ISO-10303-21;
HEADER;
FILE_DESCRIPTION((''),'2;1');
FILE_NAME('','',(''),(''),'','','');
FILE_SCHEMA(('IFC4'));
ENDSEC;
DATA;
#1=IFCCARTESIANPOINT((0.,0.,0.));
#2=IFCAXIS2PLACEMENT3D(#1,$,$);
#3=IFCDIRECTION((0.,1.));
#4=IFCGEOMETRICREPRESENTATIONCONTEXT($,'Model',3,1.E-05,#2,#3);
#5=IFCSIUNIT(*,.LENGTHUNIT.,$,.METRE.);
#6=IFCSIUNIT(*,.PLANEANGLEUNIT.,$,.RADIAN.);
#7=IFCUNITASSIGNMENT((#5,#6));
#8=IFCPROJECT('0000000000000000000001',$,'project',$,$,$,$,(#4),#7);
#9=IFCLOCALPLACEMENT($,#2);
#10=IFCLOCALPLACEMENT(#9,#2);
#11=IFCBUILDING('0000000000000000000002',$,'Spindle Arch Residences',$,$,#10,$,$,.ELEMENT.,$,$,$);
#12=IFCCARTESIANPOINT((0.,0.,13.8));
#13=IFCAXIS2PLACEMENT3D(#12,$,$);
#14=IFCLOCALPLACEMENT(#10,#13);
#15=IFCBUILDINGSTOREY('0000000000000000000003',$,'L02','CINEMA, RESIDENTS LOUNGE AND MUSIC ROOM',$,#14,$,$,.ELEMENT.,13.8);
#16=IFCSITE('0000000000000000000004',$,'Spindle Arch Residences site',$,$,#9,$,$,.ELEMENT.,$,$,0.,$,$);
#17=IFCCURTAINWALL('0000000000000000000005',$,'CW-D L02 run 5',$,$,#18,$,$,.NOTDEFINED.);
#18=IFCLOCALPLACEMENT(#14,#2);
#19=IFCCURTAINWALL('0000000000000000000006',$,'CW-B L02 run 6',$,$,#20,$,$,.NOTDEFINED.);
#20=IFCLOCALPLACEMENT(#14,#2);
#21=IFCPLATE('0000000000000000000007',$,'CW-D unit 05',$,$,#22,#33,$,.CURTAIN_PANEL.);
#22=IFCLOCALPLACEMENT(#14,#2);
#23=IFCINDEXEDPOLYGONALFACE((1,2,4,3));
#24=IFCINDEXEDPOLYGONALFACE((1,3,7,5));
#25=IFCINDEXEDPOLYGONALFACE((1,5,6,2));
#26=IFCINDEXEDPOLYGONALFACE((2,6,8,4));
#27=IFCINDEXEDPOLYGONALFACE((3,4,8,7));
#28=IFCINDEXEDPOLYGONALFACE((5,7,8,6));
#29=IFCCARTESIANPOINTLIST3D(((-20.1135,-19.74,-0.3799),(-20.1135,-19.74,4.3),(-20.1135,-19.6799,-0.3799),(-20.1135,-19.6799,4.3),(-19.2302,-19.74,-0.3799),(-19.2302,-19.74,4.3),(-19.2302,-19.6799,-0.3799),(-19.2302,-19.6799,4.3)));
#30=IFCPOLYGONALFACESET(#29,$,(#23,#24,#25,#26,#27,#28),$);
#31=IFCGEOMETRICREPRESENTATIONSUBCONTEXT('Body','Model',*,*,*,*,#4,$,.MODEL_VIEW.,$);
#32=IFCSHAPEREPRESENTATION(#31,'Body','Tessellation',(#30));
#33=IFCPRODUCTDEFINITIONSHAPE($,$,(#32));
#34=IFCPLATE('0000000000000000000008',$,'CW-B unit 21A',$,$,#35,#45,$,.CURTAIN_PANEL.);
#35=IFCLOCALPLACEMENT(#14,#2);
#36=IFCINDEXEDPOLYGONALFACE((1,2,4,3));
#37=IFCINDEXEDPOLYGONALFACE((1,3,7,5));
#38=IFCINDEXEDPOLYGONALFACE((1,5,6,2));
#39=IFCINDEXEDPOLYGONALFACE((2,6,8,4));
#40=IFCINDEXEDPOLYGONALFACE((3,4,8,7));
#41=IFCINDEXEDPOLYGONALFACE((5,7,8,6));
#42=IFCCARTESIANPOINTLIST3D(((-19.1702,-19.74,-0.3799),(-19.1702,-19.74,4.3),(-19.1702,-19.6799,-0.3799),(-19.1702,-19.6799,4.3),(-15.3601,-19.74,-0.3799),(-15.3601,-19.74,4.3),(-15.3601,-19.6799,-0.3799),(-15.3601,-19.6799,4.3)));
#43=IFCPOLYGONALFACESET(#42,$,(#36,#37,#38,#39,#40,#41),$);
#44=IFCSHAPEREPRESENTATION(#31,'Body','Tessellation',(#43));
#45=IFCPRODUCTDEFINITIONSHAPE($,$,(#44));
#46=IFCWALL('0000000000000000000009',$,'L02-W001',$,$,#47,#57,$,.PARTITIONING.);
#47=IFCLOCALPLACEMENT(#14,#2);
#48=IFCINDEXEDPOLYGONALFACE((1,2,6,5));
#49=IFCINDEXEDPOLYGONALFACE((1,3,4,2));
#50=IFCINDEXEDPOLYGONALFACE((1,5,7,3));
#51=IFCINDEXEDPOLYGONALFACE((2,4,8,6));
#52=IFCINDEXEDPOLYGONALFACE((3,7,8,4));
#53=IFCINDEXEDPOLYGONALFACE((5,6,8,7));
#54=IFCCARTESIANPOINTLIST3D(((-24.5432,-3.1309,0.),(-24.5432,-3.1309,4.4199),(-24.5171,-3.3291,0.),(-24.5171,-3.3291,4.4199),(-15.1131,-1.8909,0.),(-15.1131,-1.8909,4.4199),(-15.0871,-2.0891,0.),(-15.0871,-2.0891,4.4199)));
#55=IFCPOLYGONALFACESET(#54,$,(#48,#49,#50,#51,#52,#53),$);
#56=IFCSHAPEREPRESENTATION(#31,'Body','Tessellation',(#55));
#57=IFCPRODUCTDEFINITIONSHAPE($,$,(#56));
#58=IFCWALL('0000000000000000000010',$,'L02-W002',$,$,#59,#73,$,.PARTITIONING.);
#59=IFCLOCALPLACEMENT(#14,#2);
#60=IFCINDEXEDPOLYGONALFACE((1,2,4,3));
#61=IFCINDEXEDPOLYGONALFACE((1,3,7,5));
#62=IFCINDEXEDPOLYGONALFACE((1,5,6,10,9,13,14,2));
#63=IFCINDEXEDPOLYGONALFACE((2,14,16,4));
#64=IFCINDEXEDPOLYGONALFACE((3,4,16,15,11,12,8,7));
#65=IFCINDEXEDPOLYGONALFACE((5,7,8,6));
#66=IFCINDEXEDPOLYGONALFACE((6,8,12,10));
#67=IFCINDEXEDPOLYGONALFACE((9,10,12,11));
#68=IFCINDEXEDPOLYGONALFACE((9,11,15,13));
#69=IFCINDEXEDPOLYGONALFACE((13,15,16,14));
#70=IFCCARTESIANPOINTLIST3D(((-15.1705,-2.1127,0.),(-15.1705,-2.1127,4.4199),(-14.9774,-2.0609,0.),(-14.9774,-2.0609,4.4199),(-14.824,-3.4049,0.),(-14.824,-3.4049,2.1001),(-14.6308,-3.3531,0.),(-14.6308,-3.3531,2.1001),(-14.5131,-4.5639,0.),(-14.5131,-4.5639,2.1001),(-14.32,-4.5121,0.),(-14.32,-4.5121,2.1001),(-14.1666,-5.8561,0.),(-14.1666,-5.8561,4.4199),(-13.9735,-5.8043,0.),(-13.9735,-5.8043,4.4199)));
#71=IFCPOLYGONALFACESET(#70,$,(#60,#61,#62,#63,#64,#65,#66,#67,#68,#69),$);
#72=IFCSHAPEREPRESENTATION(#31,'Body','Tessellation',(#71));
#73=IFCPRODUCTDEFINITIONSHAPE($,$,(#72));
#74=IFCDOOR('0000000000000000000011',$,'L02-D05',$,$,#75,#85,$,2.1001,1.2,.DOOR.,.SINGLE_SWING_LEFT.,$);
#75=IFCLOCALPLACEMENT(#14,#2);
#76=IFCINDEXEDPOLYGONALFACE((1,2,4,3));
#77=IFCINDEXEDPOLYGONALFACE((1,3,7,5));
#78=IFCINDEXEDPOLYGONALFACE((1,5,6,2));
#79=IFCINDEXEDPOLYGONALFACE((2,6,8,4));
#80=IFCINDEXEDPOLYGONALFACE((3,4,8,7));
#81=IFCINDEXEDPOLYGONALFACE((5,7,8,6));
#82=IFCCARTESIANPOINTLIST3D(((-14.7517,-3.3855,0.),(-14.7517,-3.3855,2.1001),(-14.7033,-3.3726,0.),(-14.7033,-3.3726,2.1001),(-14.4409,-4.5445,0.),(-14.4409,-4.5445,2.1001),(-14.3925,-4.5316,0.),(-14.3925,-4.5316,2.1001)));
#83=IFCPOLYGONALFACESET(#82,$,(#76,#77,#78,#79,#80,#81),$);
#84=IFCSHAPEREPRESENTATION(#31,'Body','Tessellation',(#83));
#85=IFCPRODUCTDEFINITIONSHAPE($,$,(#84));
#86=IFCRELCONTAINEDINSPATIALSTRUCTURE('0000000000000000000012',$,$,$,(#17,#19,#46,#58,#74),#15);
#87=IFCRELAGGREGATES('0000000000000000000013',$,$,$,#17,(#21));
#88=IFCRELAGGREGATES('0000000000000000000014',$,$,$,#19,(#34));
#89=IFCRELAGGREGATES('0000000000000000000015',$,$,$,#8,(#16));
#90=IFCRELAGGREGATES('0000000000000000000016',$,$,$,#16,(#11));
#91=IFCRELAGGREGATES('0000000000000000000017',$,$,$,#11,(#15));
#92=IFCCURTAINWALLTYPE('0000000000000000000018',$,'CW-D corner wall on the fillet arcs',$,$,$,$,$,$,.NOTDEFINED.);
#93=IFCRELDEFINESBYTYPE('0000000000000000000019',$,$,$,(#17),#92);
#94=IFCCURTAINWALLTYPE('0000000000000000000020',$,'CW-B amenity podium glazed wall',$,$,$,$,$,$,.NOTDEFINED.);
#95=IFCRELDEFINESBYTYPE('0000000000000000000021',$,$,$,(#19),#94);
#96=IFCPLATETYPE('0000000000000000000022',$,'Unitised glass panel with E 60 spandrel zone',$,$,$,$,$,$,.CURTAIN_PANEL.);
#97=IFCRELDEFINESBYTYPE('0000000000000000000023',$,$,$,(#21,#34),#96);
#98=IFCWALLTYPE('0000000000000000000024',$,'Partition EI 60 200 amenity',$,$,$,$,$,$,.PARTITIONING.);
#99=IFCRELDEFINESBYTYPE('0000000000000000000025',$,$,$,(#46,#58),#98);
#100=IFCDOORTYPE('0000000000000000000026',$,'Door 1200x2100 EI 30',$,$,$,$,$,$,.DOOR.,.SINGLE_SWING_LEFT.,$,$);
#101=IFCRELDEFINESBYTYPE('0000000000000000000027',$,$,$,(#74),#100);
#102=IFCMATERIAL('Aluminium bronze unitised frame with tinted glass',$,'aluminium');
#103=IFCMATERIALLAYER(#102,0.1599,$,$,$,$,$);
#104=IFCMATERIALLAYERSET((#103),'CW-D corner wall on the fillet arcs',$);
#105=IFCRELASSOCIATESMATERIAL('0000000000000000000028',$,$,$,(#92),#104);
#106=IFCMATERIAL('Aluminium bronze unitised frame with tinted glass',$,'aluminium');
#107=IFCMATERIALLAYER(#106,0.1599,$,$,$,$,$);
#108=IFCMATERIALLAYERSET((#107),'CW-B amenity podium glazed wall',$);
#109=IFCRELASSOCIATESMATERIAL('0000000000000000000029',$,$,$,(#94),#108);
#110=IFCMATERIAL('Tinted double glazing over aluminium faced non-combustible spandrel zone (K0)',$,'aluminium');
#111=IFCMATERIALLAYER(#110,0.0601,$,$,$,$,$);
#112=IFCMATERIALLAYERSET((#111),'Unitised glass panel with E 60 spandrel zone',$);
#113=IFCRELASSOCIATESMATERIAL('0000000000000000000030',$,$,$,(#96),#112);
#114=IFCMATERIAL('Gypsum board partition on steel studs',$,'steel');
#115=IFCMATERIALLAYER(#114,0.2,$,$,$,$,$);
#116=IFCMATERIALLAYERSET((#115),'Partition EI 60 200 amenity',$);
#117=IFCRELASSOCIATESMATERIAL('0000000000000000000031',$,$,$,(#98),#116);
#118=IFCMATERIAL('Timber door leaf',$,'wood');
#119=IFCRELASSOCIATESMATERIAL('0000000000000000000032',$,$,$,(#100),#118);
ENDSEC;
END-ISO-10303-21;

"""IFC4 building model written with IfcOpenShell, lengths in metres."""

from ifc_helpers import new_model, si_unit, direction, frame, frame_2d, origin, origin_2d, place, context, subcontext, project, spatial, rectangle, extrude, material, layer, layer_set, type_object, element, fill, aggregate, save


model = new_model("IFC4")

# Units and contexts
model_context = context("Model", 3, precision=1e-05, world=origin(), true_north=direction((0.0, 1.0)))
body_context = subcontext(model_context, "Body", "Model", "MODEL_VIEW")
ifc_project = project(units=[si_unit("LENGTHUNIT", "METRE"), si_unit("PLANEANGLEUNIT", "RADIAN")], contexts=[model_context])

# Site, building, storey
site_placement = place(None, origin())
site = spatial("IfcSite", under=ifc_project, at=site_placement, Name="Spindle Arch Residences site", CompositionType="ELEMENT", RefElevation=0.0)
building_placement = place(site_placement, origin())
building = spatial("IfcBuilding", under=site, at=building_placement, Name="Spindle Arch Residences", CompositionType="ELEMENT")
storey_placement = place(building_placement, frame((0.0, 0.0, 13.8)))
storey = spatial("IfcBuildingStorey", under=building, at=storey_placement, Name="L02", Description="CINEMA, RESIDENTS LOUNGE AND MUSIC ROOM", CompositionType="ELEMENT", Elevation=13.8)

# Curtain wall
ifc_material_1 = material(Name="Aluminium bronze unitised frame with tinted glass", Category="aluminium")
ifc_layer_1 = layer(ifc_material_1, 0.1599)
ifc_layer_set_1 = layer_set([ifc_layer_1], Name="CW-D corner wall on the fillet arcs")
curtain_wall_type_1 = type_object("IfcCurtainWallType", Name="CW-D corner wall on the fillet arcs", PredefinedType="NOTDEFINED", material=ifc_layer_set_1)
curtain_wall_1_placement = place(storey_placement, origin())
curtain_wall_1 = element("IfcCurtainWall", 1, at=curtain_wall_1_placement, inside=storey, type_object=curtain_wall_type_1, Name="CW-D L02 run 5", PredefinedType="NOTDEFINED")

# Curtain wall
ifc_material_2 = material(Name="Aluminium bronze unitised frame with tinted glass", Category="aluminium")
ifc_layer_2 = layer(ifc_material_2, 0.1599)
ifc_layer_set_2 = layer_set([ifc_layer_2], Name="CW-B amenity podium glazed wall")
curtain_wall_type_2 = type_object("IfcCurtainWallType", Name="CW-B amenity podium glazed wall", PredefinedType="NOTDEFINED", material=ifc_layer_set_2)
curtain_wall_2_placement = place(storey_placement, origin())
curtain_wall_2 = element("IfcCurtainWall", 2, at=curtain_wall_2_placement, inside=storey, type_object=curtain_wall_type_2, Name="CW-B L02 run 6", PredefinedType="NOTDEFINED")

# Shared definitions
ifc_material_3 = material(Name="Tinted double glazing over aluminium faced non-combustible spandrel zone (K0)", Category="aluminium")
ifc_layer_3 = layer(ifc_material_3, 0.0601)
ifc_layer_set_3 = layer_set([ifc_layer_3], Name="Unitised glass panel with E 60 spandrel zone")
plate_type = type_object("IfcPlateType", Name="Unitised glass panel with E 60 spandrel zone", PredefinedType="CURTAIN_PANEL", material=ifc_layer_set_3)

# Plates
plate_1_placement = place(storey_placement, frame((-19.6719, -19.71, -0.3799), z_axis=(0.0, 0.0, 1.0), x_axis=(1.0, 0.0, 0.0)))
plate_1 = element("IfcPlate", 3, at=plate_1_placement, type_object=plate_type, Name="CW-D unit 05", PredefinedType="CURTAIN_PANEL", context=body_context, shape_type="SweptSolid", body=[
    extrude(rectangle(XDim=0.8833, YDim=0.0601, at=origin_2d()), origin(), (0.0, 0.0, 1.0), 4.6799),
])
aggregate(curtain_wall_1, [plate_1])
plate_2_placement = place(storey_placement, frame((-17.2651, -19.71, -0.3799), z_axis=(0.0, 0.0, 1.0), x_axis=(1.0, 0.0, 0.0)))
plate_2 = element("IfcPlate", 4, at=plate_2_placement, type_object=plate_type, Name="CW-B unit 21A", PredefinedType="CURTAIN_PANEL", context=body_context, shape_type="SweptSolid", body=[
    extrude(rectangle(XDim=3.8101, YDim=0.0601, at=origin_2d()), origin(), (0.0, 0.0, 1.0), 4.6799),
])
aggregate(curtain_wall_2, [plate_2])

# Wall
ifc_material_4 = material(Name="Gypsum board partition on steel studs", Category="steel")
ifc_layer_4 = layer(ifc_material_4, 0.2)
ifc_layer_set_4 = layer_set([ifc_layer_4], Name="Partition EI 60 200 amenity")
wall_type = type_object("IfcWallType", Name="Partition EI 60 200 amenity", PredefinedType="PARTITIONING", material=ifc_layer_set_4)
wall_1_placement = place(storey_placement, frame((-15.1001, -1.99, 0.0), z_axis=(0.0, 0.0, 1.0), x_axis=(-0.991465, -0.130373, 0.0)))
element("IfcWall", 5, at=wall_1_placement, inside=storey, type_object=wall_type, Name="L02-W001", PredefinedType="PARTITIONING", context=body_context, shape_type="SweptSolid", body=[
    extrude(rectangle(XDim=9.5112, YDim=0.2, at=frame_2d((4.7556, 0.0))), origin(), (0.0, 0.0, 1.0), 4.4199),
])

# Wall, opening, door
wall_2_placement = place(storey_placement, frame((-15.074, -2.0867, 0.0), z_axis=(0.0, 0.0, 1.0), x_axis=(0.259027, -0.96587, 0.0)))
wall_2 = element("IfcWall", 6, at=wall_2_placement, inside=storey, type_object=wall_type, Name="L02-W002", PredefinedType="PARTITIONING", context=body_context, shape_type="SweptSolid", body=[
    extrude(rectangle(XDim=3.8757, YDim=0.2, at=frame_2d((1.938, 0.0))), origin(), (0.0, 0.0, 1.0), 4.4199),
])
opening_placement = place(wall_2_placement, frame((1.3379, 0.0, 0.0)))
opening = element("IfcOpeningElement", 7, at=opening_placement, cuts=wall_2, PredefinedType="OPENING", context=body_context, shape_type="SweptSolid", body=[
    extrude(rectangle(XDim=1.2, YDim=2.1001, at=frame_2d((0.6001, 1.05))), frame((0.0, 0.1099, 0.0), z_axis=(0.0, -1.0, 0.0), x_axis=(1.0, 0.0, 0.0)), (0.0, 0.0, 1.0), 0.22),
])
ifc_material_5 = material(Name="Timber door leaf", Category="wood")
door_type = type_object("IfcDoorType", Name="Door 1200x2100 EI 30", OperationType="SINGLE_SWING_LEFT", PredefinedType="DOOR", material=ifc_material_5)
door_placement = place(opening_placement, origin())
door = element("IfcDoor", 8, at=door_placement, inside=storey, type_object=door_type, Name="L02-D05", OperationType="SINGLE_SWING_LEFT", OverallHeight=2.1001, OverallWidth=1.2, PredefinedType="DOOR", context=body_context, shape_type="SweptSolid", body=[
    extrude(rectangle(XDim=1.2, YDim=2.1001, at=frame_2d((0.6001, 1.05))), frame((0.0, 0.0249, 0.0), z_axis=(0.0, -1.0, 0.0), x_axis=(1.0, 0.0, 0.0)), (0.0, 0.0, 1.0), 0.05),
])
fill(opening, door)

save(model, "model.ifc")
